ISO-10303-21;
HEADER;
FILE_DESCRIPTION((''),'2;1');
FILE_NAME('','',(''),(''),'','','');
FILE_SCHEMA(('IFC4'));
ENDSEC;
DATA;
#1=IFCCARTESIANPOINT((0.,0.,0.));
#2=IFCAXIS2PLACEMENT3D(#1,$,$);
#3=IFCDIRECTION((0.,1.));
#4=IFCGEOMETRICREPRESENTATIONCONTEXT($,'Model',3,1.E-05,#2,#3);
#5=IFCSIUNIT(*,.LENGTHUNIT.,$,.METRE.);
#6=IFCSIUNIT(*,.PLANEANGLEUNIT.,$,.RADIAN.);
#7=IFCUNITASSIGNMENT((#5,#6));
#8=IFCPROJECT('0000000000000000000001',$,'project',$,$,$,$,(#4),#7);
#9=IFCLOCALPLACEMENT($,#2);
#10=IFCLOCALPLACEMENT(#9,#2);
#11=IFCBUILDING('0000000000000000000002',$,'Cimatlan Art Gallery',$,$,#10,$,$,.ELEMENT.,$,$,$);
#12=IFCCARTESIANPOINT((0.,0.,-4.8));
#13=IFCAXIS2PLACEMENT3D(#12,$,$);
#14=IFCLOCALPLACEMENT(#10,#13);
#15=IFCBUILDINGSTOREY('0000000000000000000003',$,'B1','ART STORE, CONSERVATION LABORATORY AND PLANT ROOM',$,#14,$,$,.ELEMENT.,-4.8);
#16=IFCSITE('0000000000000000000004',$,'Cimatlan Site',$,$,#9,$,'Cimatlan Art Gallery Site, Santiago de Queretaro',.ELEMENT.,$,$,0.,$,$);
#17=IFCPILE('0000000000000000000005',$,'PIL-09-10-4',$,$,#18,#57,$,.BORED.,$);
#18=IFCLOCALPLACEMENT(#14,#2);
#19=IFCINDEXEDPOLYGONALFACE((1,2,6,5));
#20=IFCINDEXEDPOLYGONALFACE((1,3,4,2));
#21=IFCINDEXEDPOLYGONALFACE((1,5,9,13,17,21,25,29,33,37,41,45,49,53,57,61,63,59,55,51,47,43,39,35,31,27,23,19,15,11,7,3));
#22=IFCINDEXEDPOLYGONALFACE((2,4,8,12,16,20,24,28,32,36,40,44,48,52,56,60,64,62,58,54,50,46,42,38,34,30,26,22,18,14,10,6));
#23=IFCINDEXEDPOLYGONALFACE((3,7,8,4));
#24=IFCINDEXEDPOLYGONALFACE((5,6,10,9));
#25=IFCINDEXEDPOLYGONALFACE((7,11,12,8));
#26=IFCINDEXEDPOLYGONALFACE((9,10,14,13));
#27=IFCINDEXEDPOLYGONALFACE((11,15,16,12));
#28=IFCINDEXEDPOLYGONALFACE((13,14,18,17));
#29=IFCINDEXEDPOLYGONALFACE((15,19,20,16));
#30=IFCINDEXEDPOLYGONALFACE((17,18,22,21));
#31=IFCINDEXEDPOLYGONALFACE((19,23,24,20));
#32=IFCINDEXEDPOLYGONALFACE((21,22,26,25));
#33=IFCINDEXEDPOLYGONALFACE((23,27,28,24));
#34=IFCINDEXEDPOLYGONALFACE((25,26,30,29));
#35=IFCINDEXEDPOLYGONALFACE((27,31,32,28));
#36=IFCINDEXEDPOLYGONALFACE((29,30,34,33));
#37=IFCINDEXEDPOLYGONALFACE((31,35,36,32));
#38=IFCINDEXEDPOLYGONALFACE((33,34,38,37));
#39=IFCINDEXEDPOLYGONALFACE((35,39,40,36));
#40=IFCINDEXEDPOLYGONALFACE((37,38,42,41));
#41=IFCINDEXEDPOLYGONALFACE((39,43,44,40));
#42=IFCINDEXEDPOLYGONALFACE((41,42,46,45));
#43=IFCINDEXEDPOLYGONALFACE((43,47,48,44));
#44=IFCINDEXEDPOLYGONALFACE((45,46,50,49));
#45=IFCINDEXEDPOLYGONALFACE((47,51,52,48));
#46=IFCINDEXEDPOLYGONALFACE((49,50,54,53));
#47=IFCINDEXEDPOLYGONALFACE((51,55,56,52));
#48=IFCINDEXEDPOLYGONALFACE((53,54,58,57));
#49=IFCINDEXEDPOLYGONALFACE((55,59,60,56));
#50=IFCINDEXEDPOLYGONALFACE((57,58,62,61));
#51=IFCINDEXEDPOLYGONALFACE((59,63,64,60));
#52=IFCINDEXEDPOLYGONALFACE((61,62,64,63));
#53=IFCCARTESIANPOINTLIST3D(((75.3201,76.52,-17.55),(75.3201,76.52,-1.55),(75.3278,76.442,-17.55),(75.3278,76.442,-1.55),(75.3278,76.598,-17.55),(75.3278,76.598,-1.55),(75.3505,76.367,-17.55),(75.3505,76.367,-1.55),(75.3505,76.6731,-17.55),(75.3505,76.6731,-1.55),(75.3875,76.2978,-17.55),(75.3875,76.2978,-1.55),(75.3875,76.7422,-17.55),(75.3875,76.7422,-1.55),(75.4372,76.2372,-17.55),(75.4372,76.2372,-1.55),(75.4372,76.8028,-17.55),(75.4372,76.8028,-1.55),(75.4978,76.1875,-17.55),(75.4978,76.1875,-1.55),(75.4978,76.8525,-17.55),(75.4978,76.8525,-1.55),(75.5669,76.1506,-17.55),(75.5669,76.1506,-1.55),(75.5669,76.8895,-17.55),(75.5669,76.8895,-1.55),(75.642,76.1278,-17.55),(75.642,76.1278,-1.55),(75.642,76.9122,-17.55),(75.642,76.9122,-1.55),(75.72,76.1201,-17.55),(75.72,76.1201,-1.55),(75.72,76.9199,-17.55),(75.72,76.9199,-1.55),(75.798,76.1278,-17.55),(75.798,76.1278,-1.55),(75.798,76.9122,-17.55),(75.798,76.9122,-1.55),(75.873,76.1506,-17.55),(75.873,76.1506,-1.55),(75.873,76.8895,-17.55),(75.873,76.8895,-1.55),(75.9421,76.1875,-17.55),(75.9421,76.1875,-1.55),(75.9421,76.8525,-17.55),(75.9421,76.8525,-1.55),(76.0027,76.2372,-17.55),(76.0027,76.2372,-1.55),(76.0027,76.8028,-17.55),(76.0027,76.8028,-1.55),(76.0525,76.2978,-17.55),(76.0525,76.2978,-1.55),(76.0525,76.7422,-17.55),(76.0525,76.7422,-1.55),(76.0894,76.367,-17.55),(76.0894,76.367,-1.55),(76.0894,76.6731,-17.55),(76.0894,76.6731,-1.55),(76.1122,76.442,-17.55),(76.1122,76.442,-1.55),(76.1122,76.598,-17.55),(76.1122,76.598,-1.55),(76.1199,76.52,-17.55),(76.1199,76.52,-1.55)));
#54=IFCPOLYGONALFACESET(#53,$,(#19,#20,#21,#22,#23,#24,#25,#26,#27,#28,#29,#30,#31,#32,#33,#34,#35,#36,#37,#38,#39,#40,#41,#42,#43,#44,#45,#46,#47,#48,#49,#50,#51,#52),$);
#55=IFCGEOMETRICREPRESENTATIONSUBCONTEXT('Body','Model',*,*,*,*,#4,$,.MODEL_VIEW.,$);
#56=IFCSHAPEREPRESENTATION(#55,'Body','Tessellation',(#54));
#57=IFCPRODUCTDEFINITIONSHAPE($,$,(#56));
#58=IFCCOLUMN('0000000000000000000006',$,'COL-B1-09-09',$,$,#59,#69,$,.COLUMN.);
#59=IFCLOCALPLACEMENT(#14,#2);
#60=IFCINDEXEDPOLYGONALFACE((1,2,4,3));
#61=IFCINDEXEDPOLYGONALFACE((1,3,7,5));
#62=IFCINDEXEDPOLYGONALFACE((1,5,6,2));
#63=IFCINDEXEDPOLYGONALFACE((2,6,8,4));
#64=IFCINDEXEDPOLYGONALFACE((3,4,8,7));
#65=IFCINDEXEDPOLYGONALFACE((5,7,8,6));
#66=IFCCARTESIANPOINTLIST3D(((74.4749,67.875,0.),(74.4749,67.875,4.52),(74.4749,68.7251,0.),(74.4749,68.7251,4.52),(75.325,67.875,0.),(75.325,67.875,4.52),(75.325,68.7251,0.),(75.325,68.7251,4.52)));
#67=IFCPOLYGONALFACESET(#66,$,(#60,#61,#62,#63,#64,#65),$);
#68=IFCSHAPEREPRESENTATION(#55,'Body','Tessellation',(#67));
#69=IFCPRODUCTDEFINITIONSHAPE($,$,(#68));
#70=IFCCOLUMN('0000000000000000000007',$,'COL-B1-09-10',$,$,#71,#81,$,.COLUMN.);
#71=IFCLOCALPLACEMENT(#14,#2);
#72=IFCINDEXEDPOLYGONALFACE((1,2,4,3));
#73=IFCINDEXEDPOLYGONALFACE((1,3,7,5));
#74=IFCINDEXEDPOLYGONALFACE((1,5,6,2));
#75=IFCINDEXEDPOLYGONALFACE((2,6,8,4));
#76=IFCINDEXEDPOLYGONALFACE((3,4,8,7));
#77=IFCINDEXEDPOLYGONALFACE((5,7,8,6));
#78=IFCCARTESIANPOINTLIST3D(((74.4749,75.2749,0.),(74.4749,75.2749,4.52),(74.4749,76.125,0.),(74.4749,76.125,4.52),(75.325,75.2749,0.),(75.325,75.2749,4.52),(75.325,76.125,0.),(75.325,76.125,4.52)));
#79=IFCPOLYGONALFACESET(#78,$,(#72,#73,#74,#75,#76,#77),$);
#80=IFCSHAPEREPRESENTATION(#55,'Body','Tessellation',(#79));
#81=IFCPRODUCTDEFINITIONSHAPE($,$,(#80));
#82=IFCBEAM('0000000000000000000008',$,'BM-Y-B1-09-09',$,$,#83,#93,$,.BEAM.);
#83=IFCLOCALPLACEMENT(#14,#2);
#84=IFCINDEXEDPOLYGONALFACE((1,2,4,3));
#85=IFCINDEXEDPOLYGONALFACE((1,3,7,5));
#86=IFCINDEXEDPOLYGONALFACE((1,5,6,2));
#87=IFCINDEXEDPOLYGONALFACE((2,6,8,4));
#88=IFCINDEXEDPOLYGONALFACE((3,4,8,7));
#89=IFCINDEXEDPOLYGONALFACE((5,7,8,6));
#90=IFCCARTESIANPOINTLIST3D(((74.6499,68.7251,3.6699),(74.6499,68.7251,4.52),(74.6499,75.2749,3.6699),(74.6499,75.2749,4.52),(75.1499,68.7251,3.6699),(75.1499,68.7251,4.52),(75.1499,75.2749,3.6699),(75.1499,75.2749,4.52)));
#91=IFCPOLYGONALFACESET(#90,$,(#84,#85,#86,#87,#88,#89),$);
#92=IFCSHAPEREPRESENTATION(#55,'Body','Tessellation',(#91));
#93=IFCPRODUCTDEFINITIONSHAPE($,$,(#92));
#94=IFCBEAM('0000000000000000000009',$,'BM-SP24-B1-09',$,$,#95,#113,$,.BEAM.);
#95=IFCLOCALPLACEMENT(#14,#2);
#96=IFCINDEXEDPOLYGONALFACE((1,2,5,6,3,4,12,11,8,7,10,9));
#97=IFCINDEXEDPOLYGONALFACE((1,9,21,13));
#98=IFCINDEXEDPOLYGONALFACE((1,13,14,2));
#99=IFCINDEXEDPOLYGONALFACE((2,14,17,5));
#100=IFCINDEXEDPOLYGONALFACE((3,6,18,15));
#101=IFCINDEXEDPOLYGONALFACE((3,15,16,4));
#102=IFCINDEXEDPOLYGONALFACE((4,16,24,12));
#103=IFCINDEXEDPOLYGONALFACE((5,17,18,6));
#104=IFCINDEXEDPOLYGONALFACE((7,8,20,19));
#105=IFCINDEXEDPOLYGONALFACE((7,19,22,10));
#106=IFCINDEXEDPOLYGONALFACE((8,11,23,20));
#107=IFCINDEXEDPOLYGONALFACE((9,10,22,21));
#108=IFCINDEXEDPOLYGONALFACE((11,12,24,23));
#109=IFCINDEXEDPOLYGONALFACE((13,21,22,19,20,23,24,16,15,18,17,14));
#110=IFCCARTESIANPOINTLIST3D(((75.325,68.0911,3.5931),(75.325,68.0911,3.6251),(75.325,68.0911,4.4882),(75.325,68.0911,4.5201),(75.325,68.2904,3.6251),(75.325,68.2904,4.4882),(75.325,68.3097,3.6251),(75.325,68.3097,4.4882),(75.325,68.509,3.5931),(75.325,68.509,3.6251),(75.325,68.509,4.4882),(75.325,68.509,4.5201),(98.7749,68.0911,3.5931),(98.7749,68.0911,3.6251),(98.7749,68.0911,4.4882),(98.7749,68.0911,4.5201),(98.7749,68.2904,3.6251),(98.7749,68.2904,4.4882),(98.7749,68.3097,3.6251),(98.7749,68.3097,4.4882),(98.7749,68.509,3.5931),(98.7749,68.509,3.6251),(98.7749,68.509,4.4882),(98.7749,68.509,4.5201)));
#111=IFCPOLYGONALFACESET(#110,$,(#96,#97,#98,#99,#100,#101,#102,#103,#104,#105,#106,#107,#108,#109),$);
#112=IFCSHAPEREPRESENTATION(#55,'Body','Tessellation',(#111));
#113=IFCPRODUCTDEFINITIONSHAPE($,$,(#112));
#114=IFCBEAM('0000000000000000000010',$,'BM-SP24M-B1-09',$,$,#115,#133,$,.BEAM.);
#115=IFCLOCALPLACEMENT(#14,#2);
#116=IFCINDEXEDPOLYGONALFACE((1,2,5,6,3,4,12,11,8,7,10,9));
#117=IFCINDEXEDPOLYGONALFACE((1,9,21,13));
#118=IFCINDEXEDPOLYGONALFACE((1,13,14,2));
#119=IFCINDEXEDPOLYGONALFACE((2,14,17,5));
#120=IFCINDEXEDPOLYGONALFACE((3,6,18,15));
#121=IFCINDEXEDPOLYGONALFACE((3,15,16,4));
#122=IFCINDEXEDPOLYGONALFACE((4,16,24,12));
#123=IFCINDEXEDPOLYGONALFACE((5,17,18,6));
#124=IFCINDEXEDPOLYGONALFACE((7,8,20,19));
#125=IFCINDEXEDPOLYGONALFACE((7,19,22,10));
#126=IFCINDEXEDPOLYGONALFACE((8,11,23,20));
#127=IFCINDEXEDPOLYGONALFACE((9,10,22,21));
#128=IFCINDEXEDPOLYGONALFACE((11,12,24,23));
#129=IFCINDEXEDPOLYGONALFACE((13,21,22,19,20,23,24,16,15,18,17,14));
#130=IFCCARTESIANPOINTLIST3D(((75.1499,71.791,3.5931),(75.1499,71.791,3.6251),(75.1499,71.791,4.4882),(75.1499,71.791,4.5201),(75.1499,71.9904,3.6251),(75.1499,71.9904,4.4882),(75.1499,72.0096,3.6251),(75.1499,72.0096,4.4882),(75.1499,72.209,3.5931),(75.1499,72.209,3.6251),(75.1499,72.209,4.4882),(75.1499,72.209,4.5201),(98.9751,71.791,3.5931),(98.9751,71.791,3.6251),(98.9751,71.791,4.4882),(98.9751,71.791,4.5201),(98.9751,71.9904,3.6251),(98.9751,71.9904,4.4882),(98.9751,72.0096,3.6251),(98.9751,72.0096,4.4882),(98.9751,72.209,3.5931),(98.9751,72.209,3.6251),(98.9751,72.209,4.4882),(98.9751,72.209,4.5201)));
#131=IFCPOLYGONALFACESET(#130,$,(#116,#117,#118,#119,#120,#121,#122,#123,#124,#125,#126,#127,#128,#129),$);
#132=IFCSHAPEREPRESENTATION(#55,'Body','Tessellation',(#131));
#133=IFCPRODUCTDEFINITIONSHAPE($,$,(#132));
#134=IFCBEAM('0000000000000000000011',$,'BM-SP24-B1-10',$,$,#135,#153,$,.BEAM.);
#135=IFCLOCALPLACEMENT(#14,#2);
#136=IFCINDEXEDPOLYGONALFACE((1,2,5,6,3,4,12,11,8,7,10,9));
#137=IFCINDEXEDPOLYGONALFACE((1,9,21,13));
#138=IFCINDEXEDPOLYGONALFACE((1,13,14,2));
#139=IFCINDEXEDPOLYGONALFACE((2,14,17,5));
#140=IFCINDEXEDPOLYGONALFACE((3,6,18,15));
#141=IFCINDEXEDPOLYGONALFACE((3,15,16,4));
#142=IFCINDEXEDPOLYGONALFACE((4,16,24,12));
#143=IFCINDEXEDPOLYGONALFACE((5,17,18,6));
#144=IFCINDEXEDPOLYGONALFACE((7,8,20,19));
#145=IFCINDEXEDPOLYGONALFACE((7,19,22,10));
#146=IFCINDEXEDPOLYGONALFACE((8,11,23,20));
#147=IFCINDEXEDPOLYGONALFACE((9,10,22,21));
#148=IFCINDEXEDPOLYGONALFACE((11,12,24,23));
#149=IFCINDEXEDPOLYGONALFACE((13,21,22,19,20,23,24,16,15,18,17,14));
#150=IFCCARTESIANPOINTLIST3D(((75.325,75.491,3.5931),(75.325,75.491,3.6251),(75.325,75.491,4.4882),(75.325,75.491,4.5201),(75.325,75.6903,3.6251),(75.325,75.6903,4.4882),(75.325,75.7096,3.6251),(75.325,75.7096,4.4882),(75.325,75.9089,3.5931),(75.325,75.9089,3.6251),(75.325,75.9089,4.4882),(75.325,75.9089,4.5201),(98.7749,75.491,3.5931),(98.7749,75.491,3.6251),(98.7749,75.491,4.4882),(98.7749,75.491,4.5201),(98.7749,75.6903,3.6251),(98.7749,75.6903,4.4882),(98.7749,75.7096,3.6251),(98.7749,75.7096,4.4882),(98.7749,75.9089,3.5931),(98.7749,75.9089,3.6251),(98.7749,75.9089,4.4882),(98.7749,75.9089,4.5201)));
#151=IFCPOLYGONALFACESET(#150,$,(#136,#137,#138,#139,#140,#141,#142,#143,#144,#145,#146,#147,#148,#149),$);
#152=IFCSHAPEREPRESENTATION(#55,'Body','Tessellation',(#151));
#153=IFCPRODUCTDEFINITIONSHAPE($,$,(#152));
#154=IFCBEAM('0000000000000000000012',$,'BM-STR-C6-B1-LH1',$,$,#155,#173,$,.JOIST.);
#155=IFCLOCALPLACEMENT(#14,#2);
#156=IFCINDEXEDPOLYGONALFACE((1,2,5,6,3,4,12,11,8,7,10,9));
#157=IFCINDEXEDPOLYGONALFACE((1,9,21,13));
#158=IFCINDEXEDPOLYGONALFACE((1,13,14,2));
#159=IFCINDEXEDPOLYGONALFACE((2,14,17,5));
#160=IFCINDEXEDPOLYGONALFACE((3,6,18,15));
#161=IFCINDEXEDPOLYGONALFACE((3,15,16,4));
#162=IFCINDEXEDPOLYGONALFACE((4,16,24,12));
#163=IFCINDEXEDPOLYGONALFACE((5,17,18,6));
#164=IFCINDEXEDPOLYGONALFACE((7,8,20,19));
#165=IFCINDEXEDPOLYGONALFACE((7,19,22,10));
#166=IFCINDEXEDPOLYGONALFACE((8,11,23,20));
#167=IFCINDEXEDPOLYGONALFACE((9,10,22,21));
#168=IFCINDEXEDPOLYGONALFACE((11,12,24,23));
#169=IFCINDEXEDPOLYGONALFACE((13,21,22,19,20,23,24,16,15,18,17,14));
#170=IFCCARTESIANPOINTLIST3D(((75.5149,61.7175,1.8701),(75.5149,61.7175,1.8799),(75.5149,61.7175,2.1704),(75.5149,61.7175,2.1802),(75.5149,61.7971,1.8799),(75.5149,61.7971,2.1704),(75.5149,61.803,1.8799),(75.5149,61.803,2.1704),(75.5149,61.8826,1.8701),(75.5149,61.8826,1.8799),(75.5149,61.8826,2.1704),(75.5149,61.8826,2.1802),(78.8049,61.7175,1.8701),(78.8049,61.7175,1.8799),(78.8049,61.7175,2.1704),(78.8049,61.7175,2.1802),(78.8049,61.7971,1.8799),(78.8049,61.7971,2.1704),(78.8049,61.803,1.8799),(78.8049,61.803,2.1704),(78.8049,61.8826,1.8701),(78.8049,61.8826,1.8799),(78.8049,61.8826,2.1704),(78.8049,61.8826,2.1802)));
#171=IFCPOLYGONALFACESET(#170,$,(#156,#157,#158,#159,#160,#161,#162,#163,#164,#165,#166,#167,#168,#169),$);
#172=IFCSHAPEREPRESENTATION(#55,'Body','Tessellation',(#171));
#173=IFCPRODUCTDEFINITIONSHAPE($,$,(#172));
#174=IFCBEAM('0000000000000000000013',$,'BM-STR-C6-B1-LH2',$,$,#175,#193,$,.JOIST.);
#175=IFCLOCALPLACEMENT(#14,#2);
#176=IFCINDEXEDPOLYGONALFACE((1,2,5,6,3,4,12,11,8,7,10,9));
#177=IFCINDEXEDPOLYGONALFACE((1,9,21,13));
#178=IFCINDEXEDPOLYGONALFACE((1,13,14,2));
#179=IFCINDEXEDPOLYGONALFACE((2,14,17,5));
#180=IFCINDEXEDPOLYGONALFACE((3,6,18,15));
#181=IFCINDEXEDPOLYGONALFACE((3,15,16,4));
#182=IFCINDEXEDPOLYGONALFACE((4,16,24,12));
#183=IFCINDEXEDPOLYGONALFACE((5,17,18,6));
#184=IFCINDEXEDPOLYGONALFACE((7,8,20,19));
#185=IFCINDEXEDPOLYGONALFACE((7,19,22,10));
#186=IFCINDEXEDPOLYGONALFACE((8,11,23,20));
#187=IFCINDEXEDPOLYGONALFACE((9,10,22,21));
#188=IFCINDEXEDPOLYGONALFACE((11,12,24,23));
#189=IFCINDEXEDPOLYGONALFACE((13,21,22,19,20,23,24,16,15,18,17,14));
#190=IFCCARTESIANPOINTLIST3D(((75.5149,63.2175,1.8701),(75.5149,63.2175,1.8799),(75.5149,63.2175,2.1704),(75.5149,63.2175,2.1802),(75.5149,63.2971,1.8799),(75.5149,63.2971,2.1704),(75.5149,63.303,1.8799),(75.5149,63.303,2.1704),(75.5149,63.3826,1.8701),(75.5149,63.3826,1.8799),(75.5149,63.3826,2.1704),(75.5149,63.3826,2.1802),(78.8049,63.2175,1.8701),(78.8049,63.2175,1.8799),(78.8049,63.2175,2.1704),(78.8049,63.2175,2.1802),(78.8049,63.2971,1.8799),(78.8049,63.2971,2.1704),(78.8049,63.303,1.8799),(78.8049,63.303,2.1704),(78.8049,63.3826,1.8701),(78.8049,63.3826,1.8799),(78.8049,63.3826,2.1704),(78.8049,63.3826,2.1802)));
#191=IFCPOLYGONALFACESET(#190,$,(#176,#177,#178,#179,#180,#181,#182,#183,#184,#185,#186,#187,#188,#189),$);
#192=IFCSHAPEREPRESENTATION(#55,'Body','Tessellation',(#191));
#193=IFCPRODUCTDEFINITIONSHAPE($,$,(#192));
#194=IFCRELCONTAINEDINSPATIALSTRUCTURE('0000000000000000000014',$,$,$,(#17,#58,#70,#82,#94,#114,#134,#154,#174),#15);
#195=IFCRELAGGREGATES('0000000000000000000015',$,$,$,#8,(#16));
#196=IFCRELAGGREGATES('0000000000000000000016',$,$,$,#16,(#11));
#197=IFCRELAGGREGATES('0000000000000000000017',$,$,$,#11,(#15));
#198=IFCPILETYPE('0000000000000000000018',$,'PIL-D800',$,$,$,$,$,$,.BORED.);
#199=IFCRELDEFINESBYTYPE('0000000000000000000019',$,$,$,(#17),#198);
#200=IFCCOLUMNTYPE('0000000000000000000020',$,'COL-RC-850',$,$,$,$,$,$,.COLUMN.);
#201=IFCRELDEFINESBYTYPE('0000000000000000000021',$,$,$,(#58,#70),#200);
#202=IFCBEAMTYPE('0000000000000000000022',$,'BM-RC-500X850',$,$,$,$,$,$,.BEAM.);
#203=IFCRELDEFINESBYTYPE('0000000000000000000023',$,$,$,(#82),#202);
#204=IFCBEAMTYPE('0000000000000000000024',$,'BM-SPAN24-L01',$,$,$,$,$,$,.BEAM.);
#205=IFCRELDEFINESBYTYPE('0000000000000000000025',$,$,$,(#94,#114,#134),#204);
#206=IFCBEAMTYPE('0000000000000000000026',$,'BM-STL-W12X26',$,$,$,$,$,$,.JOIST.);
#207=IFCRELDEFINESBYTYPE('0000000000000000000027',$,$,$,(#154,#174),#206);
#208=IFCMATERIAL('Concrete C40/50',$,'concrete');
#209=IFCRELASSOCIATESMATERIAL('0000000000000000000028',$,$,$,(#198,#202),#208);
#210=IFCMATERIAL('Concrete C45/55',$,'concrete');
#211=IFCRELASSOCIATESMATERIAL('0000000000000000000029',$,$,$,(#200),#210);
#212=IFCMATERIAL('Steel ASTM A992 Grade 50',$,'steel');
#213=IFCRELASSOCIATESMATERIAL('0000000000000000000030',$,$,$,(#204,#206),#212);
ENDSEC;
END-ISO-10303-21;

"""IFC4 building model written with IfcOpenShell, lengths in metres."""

from ifc_helpers import new_model, si_unit, direction, frame, origin, origin_2d, place, context, subcontext, project, spatial, rectangle, circle, i_section, extrude, material, material_profile, profile_set, type_object, element, save


model = new_model("IFC4")

# Units and contexts
model_context = context("Model", 3, precision=1e-05, world=origin(), true_north=direction((0.0, 1.0)))
body_context = subcontext(model_context, "Body", "Model", "MODEL_VIEW")
ifc_project = project(units=[si_unit("LENGTHUNIT", "METRE"), si_unit("PLANEANGLEUNIT", "RADIAN")], contexts=[model_context])

# Site, building, storey
site_placement = place(None, origin())
site = spatial("IfcSite", under=ifc_project, at=site_placement, Name="Cimatlan Site", LongName="Cimatlan Art Gallery Site, Santiago de Queretaro", CompositionType="ELEMENT", RefElevation=0.0)
building_placement = place(site_placement, origin())
building = spatial("IfcBuilding", under=site, at=building_placement, Name="Cimatlan Art Gallery", CompositionType="ELEMENT")
storey_placement = place(building_placement, frame((0.0, 0.0, -4.8)))
storey = spatial("IfcBuildingStorey", under=building, at=storey_placement, Name="B1", Description="ART STORE, CONSERVATION LABORATORY AND PLANT ROOM", CompositionType="ELEMENT", Elevation=-4.8)

# Shared definitions
ifc_material_1 = material(Name="Concrete C40/50", Category="concrete")

# Pile
pile_type = type_object("IfcPileType", Name="PIL-D800", PredefinedType="BORED", material=ifc_material_1)
for number, where, z_axis, x_axis, name in (
    (1, (75.72, 76.52, -1.55), (0.0, 0.0, -1.0), (1.0, 0.0, 0.0), "PIL-09-10-4"),
):
    element("IfcPile", number, at=place(storey_placement, frame(where, z_axis=z_axis, x_axis=x_axis)), inside=storey, type_object=pile_type, Name=name, PredefinedType="BORED", context=body_context, shape_type="SweptSolid", body=[
        extrude(circle(Radius=0.3999, at=origin_2d()), origin(), (0.0, 0.0, 1.0), 16.0),
    ])

# Columns
ifc_material_2 = material(Name="Concrete C45/55", Category="concrete")
ifc_material_profile_1 = material_profile(ifc_material_2, rectangle(XDim=0.8501, YDim=0.8501, at=origin_2d()), Name="RC850X850")
ifc_profile_set_1 = profile_set([ifc_material_profile_1], Name="Concrete C45/55")
column_type = type_object("IfcColumnType", Name="COL-RC-850", PredefinedType="COLUMN", material=ifc_profile_set_1)
for number, where, z_axis, x_axis, name in (
    (2, (74.8999, 68.3, 0.0), (0.0, 0.0, 1.0), (1.0, 0.0, 0.0), "COL-B1-09-09"),
    (3, (74.8999, 75.7, 0.0), (0.0, 0.0, 1.0), (1.0, 0.0, 0.0), "COL-B1-09-10"),
):
    element("IfcColumn", number, at=place(storey_placement, frame(where, z_axis=z_axis, x_axis=x_axis)), inside=storey, type_object=column_type, Name=name, PredefinedType="COLUMN", context=body_context, shape_type="SweptSolid", body=[
        extrude(rectangle(XDim=0.8501, YDim=0.8501, at=origin_2d()), origin(), (0.0, 0.0, 1.0), 4.52),
    ])

# Beams
ifc_material_profile_2 = material_profile(ifc_material_1, rectangle(XDim=0.5, YDim=0.8501, at=origin_2d()), Name="RC500X850")
ifc_profile_set_2 = profile_set([ifc_material_profile_2], Name="Concrete C40/50")
beam_type_1 = type_object("IfcBeamType", Name="BM-RC-500X850", PredefinedType="BEAM", material=ifc_profile_set_2)
beam_1_placement = place(storey_placement, frame((74.8999, 68.7251, 4.095), z_axis=(0.0, 1.0, 0.0), x_axis=(-1.0, 0.0, 0.0)))
element("IfcBeam", 4, at=beam_1_placement, inside=storey, type_object=beam_type_1, Name="BM-Y-B1-09-09", PredefinedType="BEAM", context=body_context, shape_type="SweptSolid", body=[
    extrude(rectangle(XDim=0.5, YDim=0.8501, at=origin_2d()), origin(), (0.0, 0.0, 1.0), 6.5498),
])
ifc_material_3 = material(Name="Steel ASTM A992 Grade 50", Category="steel")
ifc_material_profile_3 = material_profile(ifc_material_3, i_section(OverallWidth=0.418, OverallDepth=0.927, WebThickness=0.0193, FlangeThickness=0.032, at=origin_2d()), Name="W36X231")
ifc_profile_set_3 = profile_set([ifc_material_profile_3], Name="Steel ASTM A992 Grade 50")
beam_type_2 = type_object("IfcBeamType", Name="BM-SPAN24-L01", PredefinedType="BEAM", material=ifc_profile_set_3)
beam_2_placement = place(storey_placement, frame((75.325, 68.3, 4.0566), z_axis=(1.0, 0.0, 0.0), x_axis=(0.0, 1.0, 0.0)))
element("IfcBeam", 5, at=beam_2_placement, inside=storey, type_object=beam_type_2, Name="BM-SP24-B1-09", PredefinedType="BEAM", context=body_context, shape_type="SweptSolid", body=[
    extrude(i_section(OverallWidth=0.418, OverallDepth=0.927, WebThickness=0.0193, FlangeThickness=0.032, at=origin_2d()), origin(), (0.0, 0.0, 1.0), 23.45),
])
beam_3_placement = place(storey_placement, frame((75.1499, 72.0, 4.0566), z_axis=(1.0, 0.0, 0.0), x_axis=(0.0, 1.0, 0.0)))
element("IfcBeam", 6, at=beam_3_placement, inside=storey, type_object=beam_type_2, Name="BM-SP24M-B1-09", PredefinedType="BEAM", context=body_context, shape_type="SweptSolid", body=[
    extrude(i_section(OverallWidth=0.418, OverallDepth=0.927, WebThickness=0.0193, FlangeThickness=0.032, at=origin_2d()), origin(), (0.0, 0.0, 1.0), 23.8252),
])
beam_4_placement = place(storey_placement, frame((75.325, 75.7, 4.0566), z_axis=(1.0, 0.0, 0.0), x_axis=(0.0, 1.0, 0.0)))
element("IfcBeam", 7, at=beam_4_placement, inside=storey, type_object=beam_type_2, Name="BM-SP24-B1-10", PredefinedType="BEAM", context=body_context, shape_type="SweptSolid", body=[
    extrude(i_section(OverallWidth=0.418, OverallDepth=0.927, WebThickness=0.0193, FlangeThickness=0.032, at=origin_2d()), origin(), (0.0, 0.0, 1.0), 23.45),
])
ifc_material_profile_4 = material_profile(ifc_material_3, i_section(OverallWidth=0.165, OverallDepth=0.3101, WebThickness=0.0059, FlangeThickness=0.0098, at=origin_2d()), Name="W12X26")
ifc_profile_set_4 = profile_set([ifc_material_profile_4], Name="Steel ASTM A992 Grade 50")
beam_type_3 = type_object("IfcBeamType", Name="BM-STL-W12X26", PredefinedType="JOIST", material=ifc_profile_set_4)
for number, where, z_axis, x_axis, name in (
    (8, (75.5149, 61.8, 2.0251), (1.0, 0.0, 0.0), (0.0, 1.0, 0.0), "BM-STR-C6-B1-LH1"),
    (9, (75.5149, 63.3, 2.0251), (1.0, 0.0, 0.0), (0.0, 1.0, 0.0), "BM-STR-C6-B1-LH2"),
):
    element("IfcBeam", number, at=place(storey_placement, frame(where, z_axis=z_axis, x_axis=x_axis)), inside=storey, type_object=beam_type_3, Name=name, PredefinedType="JOIST", context=body_context, shape_type="SweptSolid", body=[
        extrude(i_section(OverallWidth=0.165, OverallDepth=0.3101, WebThickness=0.0059, FlangeThickness=0.0098, at=origin_2d()), origin(), (0.0, 0.0, 1.0), 3.29),
    ])

save(model, "model.ifc")
